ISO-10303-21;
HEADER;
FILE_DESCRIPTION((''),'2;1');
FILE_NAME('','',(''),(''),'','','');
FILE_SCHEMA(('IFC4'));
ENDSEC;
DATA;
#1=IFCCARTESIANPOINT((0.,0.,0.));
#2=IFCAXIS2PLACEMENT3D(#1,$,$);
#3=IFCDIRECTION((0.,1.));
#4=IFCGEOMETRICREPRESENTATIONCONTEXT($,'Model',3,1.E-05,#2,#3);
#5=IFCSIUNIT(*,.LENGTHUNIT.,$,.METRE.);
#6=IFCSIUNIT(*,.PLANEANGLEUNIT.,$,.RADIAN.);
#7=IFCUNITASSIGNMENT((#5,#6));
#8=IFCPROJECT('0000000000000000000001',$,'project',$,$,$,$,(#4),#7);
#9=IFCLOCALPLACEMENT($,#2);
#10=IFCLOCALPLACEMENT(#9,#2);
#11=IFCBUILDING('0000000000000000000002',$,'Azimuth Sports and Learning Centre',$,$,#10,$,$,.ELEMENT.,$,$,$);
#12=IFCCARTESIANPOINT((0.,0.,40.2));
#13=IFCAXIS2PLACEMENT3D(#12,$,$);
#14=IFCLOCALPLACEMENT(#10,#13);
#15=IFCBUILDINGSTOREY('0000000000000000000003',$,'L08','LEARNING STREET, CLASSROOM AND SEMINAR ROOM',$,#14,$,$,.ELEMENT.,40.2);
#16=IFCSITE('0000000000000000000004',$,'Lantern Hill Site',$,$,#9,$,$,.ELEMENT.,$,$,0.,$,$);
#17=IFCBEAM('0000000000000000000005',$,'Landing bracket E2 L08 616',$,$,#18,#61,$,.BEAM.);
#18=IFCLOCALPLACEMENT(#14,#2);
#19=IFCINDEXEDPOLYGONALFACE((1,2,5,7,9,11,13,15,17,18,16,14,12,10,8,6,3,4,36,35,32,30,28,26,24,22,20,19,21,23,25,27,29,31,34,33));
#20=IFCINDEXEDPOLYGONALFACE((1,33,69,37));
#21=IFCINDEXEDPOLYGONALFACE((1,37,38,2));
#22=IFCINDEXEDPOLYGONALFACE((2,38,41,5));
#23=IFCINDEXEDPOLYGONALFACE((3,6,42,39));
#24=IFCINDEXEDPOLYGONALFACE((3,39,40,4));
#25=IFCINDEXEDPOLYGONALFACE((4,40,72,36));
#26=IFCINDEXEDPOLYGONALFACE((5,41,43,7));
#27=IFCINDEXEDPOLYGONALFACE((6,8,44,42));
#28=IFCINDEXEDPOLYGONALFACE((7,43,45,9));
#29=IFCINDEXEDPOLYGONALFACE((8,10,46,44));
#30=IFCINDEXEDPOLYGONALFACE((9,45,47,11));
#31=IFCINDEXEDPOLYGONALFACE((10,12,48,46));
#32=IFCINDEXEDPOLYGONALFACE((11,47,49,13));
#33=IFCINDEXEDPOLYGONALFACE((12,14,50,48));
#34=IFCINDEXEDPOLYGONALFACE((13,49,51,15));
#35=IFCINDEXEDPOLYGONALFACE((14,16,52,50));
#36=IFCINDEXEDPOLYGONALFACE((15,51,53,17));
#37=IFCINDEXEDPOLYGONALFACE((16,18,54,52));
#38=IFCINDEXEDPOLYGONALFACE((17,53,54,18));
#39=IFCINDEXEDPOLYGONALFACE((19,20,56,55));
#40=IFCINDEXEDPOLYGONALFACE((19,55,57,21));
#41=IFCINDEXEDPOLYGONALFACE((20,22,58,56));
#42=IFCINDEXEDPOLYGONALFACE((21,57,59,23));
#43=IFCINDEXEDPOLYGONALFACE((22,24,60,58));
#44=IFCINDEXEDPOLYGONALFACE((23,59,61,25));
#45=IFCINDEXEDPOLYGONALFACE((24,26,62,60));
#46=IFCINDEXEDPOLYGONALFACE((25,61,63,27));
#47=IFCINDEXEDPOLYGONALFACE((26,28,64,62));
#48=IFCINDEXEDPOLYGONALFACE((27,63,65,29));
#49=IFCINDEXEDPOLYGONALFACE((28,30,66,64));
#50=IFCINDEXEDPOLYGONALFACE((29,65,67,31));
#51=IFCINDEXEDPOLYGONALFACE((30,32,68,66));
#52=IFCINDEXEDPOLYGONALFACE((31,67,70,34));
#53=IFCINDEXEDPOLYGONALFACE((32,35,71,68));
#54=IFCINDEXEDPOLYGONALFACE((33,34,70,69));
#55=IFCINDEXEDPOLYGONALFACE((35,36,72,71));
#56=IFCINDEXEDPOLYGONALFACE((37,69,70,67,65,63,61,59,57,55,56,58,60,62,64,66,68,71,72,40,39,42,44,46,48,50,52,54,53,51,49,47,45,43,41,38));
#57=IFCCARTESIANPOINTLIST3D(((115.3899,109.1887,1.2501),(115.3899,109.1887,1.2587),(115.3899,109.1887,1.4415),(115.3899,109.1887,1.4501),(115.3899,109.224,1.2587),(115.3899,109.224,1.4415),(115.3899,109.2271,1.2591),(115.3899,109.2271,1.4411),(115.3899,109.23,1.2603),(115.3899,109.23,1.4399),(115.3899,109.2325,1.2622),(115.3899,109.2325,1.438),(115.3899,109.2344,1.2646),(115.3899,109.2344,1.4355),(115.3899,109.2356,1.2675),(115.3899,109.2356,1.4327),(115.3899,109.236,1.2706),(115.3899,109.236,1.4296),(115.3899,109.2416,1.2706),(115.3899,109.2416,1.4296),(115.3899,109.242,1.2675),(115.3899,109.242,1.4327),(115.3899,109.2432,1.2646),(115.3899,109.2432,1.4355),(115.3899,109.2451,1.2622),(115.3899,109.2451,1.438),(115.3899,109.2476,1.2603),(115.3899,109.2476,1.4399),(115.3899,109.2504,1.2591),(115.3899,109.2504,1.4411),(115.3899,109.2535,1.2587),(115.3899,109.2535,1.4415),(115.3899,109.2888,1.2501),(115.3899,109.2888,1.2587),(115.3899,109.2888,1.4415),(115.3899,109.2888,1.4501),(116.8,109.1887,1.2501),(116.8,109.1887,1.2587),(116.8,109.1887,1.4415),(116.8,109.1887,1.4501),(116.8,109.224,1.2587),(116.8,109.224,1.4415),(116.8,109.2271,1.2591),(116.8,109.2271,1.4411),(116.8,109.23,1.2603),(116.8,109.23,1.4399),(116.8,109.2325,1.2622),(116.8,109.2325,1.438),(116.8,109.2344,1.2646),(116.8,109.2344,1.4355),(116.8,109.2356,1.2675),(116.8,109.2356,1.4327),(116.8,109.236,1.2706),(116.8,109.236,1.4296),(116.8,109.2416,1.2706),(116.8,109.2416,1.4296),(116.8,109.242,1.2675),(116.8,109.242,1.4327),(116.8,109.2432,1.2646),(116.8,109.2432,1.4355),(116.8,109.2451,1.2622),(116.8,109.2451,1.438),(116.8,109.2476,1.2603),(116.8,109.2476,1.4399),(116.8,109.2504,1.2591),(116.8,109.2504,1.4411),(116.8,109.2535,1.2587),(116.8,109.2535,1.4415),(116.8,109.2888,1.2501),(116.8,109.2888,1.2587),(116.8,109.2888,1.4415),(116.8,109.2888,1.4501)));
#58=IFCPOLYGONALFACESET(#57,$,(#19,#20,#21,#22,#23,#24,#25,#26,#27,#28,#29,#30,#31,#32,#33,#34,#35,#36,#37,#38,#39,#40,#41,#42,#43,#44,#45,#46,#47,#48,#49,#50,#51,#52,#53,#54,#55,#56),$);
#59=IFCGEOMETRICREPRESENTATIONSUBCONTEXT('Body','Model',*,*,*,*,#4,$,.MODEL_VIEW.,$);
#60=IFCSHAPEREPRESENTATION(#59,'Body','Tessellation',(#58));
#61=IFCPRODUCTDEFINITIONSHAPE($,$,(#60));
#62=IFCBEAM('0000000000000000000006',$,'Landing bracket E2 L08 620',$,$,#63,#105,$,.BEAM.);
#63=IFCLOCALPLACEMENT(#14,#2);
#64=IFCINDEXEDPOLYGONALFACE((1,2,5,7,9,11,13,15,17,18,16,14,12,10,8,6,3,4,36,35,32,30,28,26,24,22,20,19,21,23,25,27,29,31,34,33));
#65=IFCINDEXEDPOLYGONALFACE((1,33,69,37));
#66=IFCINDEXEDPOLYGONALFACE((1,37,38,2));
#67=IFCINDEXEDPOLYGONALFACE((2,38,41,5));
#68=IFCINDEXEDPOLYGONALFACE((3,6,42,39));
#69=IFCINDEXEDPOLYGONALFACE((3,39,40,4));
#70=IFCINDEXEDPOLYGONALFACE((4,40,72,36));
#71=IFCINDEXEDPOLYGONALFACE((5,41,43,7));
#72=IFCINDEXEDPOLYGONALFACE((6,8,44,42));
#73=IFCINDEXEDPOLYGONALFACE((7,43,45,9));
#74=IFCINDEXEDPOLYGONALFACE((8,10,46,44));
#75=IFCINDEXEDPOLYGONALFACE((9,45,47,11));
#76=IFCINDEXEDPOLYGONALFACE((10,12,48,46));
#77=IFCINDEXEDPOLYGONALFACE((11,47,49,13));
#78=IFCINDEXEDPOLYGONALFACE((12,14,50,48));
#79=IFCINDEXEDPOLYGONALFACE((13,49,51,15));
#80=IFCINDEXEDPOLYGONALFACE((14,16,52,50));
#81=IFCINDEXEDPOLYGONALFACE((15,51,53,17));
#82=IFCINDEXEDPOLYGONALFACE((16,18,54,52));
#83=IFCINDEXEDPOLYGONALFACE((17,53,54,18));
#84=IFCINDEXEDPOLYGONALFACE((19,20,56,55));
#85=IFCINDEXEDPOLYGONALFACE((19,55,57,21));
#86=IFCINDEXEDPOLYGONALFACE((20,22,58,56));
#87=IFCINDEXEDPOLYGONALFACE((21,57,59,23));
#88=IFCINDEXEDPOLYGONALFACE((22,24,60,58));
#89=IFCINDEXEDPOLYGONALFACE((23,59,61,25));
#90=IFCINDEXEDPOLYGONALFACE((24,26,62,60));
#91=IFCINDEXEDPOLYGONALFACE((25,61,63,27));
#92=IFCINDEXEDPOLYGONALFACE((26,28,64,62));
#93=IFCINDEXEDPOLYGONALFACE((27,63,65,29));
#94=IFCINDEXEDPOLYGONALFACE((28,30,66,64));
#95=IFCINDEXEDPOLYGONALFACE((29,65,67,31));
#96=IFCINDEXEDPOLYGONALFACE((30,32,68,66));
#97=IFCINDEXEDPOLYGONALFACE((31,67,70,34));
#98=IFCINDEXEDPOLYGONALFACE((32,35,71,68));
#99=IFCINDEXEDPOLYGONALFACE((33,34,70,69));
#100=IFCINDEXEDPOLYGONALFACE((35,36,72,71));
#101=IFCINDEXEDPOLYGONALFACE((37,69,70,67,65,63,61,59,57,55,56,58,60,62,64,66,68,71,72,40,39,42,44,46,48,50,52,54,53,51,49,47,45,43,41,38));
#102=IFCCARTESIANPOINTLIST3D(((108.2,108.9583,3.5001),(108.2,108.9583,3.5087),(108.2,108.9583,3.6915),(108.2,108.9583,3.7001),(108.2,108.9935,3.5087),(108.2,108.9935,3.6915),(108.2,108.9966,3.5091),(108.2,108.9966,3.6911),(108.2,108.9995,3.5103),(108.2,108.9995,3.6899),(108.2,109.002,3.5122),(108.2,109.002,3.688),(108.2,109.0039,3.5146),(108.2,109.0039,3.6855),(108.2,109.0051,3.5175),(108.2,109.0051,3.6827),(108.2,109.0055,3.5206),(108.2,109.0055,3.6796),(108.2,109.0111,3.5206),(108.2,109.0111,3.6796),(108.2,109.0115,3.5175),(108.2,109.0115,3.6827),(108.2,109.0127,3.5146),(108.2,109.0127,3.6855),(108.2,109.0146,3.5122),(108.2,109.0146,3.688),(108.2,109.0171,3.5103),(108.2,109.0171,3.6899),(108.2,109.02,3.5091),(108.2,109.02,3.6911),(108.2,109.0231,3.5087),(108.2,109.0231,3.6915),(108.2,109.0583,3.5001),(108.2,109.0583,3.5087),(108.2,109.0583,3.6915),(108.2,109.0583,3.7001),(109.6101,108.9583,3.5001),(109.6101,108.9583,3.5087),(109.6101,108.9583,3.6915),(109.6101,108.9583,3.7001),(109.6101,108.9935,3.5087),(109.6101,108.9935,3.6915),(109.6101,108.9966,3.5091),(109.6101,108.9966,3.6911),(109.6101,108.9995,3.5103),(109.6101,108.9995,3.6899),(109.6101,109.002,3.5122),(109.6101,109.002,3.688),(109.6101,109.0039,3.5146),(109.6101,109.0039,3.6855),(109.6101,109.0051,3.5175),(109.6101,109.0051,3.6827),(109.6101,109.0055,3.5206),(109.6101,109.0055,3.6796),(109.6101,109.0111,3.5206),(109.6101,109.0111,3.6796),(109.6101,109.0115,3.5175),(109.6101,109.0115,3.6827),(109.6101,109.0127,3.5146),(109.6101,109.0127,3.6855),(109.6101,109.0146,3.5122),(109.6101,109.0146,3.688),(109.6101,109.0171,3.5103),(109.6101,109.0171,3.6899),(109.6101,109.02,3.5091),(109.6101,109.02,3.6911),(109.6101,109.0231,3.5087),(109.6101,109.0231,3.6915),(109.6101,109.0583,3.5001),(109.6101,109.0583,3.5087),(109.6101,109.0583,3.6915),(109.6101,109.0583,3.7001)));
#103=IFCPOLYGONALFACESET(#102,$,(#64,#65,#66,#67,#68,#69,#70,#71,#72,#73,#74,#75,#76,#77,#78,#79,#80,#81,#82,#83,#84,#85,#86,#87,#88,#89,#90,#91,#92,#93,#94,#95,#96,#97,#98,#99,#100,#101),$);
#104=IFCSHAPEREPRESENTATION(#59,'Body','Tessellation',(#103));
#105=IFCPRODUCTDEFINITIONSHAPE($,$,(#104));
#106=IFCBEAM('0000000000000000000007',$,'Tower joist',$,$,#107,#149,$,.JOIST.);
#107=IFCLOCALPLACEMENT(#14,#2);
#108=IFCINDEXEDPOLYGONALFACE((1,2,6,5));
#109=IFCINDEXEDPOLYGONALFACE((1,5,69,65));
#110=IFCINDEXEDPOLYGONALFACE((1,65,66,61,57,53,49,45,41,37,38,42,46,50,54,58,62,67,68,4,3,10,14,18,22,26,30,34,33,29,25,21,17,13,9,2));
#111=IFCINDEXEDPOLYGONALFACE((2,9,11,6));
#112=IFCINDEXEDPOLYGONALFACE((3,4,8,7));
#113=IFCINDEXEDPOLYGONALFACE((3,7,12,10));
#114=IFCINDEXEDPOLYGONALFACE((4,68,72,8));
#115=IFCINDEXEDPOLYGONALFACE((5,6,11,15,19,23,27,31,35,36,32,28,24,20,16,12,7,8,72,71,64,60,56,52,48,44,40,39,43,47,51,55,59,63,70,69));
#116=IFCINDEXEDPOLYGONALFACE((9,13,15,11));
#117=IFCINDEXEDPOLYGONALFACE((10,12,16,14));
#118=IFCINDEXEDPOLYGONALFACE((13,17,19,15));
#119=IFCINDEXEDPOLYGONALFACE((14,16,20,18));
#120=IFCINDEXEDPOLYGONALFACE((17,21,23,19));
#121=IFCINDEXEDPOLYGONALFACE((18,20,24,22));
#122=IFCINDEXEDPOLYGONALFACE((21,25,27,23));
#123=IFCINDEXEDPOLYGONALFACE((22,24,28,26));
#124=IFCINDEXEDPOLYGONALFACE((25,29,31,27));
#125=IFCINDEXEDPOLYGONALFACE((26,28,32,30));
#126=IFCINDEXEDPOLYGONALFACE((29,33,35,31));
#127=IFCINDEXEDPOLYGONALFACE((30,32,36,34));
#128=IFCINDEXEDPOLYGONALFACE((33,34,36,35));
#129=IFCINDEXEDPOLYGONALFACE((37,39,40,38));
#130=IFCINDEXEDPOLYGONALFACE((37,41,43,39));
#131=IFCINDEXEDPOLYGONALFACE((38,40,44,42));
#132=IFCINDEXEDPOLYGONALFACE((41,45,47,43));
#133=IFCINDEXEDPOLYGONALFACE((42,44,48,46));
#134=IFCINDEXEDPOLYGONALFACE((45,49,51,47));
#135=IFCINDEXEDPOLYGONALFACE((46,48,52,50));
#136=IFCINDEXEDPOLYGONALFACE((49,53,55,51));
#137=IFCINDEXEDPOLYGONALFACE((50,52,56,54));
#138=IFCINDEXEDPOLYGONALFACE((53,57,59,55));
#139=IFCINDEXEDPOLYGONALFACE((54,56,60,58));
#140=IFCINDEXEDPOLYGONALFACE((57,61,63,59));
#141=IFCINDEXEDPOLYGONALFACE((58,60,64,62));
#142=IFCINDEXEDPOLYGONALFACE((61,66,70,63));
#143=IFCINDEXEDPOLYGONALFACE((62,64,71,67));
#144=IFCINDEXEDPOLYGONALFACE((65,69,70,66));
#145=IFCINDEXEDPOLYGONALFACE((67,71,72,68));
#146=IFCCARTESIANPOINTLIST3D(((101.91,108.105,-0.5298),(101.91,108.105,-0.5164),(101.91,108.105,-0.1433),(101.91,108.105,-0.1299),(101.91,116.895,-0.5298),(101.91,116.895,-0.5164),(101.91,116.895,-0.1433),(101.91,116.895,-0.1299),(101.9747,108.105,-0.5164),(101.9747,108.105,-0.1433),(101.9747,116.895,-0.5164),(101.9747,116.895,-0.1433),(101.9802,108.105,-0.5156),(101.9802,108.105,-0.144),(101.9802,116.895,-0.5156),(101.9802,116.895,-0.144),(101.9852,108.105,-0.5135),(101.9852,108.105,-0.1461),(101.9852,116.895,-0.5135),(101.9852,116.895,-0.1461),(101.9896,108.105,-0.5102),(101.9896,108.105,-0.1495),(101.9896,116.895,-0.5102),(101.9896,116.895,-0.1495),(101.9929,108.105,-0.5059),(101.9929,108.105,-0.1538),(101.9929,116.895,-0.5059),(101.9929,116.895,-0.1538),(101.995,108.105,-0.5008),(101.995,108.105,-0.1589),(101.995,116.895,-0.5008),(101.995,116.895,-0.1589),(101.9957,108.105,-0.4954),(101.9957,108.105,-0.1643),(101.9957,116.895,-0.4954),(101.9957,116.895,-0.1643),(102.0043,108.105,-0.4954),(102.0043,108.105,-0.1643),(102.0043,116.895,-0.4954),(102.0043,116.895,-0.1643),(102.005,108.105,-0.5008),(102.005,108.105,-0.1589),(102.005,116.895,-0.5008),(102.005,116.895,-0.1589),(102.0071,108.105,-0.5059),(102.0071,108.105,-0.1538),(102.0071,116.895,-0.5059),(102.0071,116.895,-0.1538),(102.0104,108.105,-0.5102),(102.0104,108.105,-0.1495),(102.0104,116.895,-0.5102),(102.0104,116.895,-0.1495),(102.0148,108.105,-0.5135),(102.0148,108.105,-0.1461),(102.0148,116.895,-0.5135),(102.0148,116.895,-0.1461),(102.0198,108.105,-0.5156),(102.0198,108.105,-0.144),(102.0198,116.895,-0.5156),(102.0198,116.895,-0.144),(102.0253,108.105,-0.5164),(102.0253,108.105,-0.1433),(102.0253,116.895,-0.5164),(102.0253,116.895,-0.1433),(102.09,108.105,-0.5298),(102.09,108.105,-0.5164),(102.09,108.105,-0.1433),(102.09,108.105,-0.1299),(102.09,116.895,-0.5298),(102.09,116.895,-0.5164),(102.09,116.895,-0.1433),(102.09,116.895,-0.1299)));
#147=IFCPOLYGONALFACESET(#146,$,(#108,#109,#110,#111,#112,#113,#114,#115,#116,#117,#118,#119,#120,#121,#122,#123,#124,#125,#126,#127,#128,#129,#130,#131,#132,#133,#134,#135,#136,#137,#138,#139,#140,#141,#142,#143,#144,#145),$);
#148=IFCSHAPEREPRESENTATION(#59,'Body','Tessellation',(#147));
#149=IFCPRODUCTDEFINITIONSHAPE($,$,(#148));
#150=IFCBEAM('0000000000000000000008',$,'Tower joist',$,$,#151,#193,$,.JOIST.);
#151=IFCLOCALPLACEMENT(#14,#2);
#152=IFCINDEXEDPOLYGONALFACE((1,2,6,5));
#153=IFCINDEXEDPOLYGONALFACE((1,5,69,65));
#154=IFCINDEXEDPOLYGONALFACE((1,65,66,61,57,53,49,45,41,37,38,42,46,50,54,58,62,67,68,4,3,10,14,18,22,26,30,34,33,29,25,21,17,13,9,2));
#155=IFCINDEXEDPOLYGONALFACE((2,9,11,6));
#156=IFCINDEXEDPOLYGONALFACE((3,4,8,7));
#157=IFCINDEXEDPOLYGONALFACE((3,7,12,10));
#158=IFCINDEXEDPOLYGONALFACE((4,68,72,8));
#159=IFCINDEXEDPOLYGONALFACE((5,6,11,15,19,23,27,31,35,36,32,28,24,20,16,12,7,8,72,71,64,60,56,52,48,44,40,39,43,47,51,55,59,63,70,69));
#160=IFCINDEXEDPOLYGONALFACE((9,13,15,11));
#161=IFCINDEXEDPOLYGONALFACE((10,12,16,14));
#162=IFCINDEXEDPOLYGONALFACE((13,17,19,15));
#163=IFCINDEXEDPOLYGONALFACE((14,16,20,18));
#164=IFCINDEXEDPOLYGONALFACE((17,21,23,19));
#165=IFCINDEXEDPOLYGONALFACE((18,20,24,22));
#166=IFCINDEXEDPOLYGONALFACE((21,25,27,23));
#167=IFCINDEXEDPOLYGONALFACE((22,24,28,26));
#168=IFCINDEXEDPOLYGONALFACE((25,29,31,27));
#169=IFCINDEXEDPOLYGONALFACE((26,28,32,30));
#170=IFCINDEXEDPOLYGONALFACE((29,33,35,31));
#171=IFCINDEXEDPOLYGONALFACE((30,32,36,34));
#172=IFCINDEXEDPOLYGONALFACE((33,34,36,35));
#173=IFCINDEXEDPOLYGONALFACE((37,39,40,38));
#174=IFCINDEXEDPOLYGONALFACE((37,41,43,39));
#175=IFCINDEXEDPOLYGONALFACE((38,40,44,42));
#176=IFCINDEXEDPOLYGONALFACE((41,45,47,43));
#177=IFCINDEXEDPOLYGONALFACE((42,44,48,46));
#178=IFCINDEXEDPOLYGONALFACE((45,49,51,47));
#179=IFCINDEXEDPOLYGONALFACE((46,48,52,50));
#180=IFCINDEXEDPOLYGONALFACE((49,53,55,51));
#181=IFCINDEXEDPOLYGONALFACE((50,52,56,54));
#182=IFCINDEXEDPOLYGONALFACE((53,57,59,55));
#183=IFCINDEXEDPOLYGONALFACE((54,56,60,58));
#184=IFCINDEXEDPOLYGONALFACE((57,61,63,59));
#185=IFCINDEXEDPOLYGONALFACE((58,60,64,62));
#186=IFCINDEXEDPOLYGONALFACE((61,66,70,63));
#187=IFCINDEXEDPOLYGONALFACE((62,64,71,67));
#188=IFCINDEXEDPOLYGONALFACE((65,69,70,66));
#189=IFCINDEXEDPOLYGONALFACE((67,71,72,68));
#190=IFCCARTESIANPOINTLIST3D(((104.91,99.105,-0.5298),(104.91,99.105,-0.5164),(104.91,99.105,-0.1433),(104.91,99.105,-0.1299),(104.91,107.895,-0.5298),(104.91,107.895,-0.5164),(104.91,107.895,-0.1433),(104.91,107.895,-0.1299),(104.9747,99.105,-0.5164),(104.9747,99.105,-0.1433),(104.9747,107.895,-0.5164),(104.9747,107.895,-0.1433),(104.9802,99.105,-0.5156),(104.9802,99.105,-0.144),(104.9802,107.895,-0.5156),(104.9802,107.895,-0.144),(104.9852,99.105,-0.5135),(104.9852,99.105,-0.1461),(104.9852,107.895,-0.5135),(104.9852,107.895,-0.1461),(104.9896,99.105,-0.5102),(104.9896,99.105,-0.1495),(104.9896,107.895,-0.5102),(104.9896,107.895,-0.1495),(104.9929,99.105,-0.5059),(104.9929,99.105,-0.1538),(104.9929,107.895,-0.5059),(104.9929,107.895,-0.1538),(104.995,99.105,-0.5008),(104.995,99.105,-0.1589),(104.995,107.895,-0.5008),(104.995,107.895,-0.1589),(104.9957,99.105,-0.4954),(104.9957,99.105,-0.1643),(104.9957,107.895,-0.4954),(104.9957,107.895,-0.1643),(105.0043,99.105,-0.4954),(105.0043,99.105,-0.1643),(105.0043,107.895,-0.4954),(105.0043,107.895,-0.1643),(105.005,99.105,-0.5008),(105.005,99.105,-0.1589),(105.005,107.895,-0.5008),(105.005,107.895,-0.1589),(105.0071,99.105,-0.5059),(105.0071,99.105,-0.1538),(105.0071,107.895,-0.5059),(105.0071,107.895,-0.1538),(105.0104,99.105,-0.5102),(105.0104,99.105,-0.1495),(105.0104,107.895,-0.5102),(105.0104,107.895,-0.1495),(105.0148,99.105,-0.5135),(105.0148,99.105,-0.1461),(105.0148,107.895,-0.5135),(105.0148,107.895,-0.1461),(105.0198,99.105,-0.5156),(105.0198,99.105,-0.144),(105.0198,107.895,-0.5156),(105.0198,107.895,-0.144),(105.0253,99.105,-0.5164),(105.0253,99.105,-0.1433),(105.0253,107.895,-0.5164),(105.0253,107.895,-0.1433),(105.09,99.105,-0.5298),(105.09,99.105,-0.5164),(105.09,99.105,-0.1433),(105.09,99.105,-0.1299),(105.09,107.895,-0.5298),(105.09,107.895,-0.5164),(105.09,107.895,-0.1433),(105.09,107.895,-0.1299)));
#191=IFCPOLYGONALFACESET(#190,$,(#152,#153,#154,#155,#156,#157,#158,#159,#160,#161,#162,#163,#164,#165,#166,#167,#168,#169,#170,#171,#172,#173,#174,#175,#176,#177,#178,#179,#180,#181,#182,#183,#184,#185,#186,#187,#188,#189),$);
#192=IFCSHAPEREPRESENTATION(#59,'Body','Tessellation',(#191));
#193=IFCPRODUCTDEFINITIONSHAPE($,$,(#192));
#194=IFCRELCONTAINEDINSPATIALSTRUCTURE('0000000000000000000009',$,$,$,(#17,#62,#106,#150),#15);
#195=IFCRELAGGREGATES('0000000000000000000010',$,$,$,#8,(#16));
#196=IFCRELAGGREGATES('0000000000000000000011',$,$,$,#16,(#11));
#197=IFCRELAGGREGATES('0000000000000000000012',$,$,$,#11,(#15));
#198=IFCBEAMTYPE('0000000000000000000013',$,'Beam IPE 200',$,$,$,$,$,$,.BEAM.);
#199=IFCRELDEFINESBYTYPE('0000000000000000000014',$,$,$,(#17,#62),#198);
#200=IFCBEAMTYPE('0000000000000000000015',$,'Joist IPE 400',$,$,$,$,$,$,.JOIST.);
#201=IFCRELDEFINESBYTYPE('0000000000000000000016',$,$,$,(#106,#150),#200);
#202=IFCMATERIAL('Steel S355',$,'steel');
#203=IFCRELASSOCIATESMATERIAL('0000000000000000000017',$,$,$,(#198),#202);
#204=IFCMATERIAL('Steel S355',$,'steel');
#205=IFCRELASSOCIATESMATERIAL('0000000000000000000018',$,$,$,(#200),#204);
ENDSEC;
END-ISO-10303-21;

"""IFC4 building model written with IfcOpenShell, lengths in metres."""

from ifc_helpers import new_model, si_unit, direction, frame, origin, origin_2d, place, context, subcontext, project, spatial, i_section, extrude, material, material_profile, profile_set, type_object, element, save


model = new_model("IFC4")

# Units and contexts
model_context = context("Model", 3, precision=1e-05, world=origin(), true_north=direction((0.0, 1.0)))
body_context = subcontext(model_context, "Body", "Model", "MODEL_VIEW")
ifc_project = project(units=[si_unit("LENGTHUNIT", "METRE"), si_unit("PLANEANGLEUNIT", "RADIAN")], contexts=[model_context])

# Site, building, storey
site_placement = place(None, origin())
site = spatial("IfcSite", under=ifc_project, at=site_placement, Name="Lantern Hill Site", CompositionType="ELEMENT", RefElevation=0.0)
building_placement = place(site_placement, origin())
building = spatial("IfcBuilding", under=site, at=building_placement, Name="Azimuth Sports and Learning Centre", CompositionType="ELEMENT")
storey_placement = place(building_placement, frame((0.0, 0.0, 40.2)))
storey = spatial("IfcBuildingStorey", under=building, at=storey_placement, Name="L08", Description="LEARNING STREET, CLASSROOM AND SEMINAR ROOM", CompositionType="ELEMENT", Elevation=40.2)

# Beams
ifc_material_1 = material(Name="Steel S355", Category="steel")
ifc_material_profile_1 = material_profile(ifc_material_1, i_section(OverallWidth=0.1001, OverallDepth=0.2, WebThickness=0.0056, FlangeThickness=0.0085, FilletRadius=0.012, at=origin_2d()), Name="IPE 200")
ifc_profile_set_1 = profile_set([ifc_material_profile_1], Name="Steel S355")
beam_type_1 = type_object("IfcBeamType", Name="Beam IPE 200", PredefinedType="BEAM", material=ifc_profile_set_1)
for number, where, z_axis, x_axis, name in (
    (1, (116.8, 109.2388, 1.3501), (-1.0, 0.0, 0.0), (0.0, -1.0, 0.0), "Landing bracket E2 L08 616"),
    (2, (108.2, 109.0083, 3.6001), (1.0, 0.0, 0.0), (0.0, 1.0, 0.0), "Landing bracket E2 L08 620"),
):
    element("IfcBeam", number, at=place(storey_placement, frame(where, z_axis=z_axis, x_axis=x_axis)), inside=storey, type_object=beam_type_1, Name=name, PredefinedType="BEAM", context=body_context, shape_type="SweptSolid", body=[
        extrude(i_section(OverallWidth=0.1001, OverallDepth=0.2, WebThickness=0.0056, FlangeThickness=0.0085, FilletRadius=0.012, at=origin_2d()), origin(), (0.0, 0.0, 1.0), 1.4102),
    ])
ifc_material_2 = material(Name="Steel S355", Category="steel")
ifc_material_profile_2 = material_profile(ifc_material_2, i_section(OverallWidth=0.1799, OverallDepth=0.3999, WebThickness=0.0085, FlangeThickness=0.0134, FilletRadius=0.021, at=origin_2d()), Name="IPE 400")
ifc_profile_set_2 = profile_set([ifc_material_profile_2], Name="Steel S355")
beam_type_2 = type_object("IfcBeamType", Name="Joist IPE 400", PredefinedType="JOIST", material=ifc_profile_set_2)
for number, where, z_axis, x_axis, name in (
    (3, (102.0, 108.105, -0.3298), (0.0, 1.0, 0.0), (-1.0, 0.0, 0.0), "Tower joist"),
    (4, (105.0, 99.105, -0.3298), (0.0, 1.0, 0.0), (-1.0, 0.0, 0.0), "Tower joist"),
):
    element("IfcBeam", number, at=place(storey_placement, frame(where, z_axis=z_axis, x_axis=x_axis)), inside=storey, type_object=beam_type_2, Name=name, PredefinedType="JOIST", context=body_context, shape_type="SweptSolid", body=[
        extrude(i_section(OverallWidth=0.1799, OverallDepth=0.3999, WebThickness=0.0085, FlangeThickness=0.0134, FilletRadius=0.021, at=origin_2d()), origin(), (0.0, 0.0, 1.0), 8.79),
    ])

save(model, "model.ifc")
